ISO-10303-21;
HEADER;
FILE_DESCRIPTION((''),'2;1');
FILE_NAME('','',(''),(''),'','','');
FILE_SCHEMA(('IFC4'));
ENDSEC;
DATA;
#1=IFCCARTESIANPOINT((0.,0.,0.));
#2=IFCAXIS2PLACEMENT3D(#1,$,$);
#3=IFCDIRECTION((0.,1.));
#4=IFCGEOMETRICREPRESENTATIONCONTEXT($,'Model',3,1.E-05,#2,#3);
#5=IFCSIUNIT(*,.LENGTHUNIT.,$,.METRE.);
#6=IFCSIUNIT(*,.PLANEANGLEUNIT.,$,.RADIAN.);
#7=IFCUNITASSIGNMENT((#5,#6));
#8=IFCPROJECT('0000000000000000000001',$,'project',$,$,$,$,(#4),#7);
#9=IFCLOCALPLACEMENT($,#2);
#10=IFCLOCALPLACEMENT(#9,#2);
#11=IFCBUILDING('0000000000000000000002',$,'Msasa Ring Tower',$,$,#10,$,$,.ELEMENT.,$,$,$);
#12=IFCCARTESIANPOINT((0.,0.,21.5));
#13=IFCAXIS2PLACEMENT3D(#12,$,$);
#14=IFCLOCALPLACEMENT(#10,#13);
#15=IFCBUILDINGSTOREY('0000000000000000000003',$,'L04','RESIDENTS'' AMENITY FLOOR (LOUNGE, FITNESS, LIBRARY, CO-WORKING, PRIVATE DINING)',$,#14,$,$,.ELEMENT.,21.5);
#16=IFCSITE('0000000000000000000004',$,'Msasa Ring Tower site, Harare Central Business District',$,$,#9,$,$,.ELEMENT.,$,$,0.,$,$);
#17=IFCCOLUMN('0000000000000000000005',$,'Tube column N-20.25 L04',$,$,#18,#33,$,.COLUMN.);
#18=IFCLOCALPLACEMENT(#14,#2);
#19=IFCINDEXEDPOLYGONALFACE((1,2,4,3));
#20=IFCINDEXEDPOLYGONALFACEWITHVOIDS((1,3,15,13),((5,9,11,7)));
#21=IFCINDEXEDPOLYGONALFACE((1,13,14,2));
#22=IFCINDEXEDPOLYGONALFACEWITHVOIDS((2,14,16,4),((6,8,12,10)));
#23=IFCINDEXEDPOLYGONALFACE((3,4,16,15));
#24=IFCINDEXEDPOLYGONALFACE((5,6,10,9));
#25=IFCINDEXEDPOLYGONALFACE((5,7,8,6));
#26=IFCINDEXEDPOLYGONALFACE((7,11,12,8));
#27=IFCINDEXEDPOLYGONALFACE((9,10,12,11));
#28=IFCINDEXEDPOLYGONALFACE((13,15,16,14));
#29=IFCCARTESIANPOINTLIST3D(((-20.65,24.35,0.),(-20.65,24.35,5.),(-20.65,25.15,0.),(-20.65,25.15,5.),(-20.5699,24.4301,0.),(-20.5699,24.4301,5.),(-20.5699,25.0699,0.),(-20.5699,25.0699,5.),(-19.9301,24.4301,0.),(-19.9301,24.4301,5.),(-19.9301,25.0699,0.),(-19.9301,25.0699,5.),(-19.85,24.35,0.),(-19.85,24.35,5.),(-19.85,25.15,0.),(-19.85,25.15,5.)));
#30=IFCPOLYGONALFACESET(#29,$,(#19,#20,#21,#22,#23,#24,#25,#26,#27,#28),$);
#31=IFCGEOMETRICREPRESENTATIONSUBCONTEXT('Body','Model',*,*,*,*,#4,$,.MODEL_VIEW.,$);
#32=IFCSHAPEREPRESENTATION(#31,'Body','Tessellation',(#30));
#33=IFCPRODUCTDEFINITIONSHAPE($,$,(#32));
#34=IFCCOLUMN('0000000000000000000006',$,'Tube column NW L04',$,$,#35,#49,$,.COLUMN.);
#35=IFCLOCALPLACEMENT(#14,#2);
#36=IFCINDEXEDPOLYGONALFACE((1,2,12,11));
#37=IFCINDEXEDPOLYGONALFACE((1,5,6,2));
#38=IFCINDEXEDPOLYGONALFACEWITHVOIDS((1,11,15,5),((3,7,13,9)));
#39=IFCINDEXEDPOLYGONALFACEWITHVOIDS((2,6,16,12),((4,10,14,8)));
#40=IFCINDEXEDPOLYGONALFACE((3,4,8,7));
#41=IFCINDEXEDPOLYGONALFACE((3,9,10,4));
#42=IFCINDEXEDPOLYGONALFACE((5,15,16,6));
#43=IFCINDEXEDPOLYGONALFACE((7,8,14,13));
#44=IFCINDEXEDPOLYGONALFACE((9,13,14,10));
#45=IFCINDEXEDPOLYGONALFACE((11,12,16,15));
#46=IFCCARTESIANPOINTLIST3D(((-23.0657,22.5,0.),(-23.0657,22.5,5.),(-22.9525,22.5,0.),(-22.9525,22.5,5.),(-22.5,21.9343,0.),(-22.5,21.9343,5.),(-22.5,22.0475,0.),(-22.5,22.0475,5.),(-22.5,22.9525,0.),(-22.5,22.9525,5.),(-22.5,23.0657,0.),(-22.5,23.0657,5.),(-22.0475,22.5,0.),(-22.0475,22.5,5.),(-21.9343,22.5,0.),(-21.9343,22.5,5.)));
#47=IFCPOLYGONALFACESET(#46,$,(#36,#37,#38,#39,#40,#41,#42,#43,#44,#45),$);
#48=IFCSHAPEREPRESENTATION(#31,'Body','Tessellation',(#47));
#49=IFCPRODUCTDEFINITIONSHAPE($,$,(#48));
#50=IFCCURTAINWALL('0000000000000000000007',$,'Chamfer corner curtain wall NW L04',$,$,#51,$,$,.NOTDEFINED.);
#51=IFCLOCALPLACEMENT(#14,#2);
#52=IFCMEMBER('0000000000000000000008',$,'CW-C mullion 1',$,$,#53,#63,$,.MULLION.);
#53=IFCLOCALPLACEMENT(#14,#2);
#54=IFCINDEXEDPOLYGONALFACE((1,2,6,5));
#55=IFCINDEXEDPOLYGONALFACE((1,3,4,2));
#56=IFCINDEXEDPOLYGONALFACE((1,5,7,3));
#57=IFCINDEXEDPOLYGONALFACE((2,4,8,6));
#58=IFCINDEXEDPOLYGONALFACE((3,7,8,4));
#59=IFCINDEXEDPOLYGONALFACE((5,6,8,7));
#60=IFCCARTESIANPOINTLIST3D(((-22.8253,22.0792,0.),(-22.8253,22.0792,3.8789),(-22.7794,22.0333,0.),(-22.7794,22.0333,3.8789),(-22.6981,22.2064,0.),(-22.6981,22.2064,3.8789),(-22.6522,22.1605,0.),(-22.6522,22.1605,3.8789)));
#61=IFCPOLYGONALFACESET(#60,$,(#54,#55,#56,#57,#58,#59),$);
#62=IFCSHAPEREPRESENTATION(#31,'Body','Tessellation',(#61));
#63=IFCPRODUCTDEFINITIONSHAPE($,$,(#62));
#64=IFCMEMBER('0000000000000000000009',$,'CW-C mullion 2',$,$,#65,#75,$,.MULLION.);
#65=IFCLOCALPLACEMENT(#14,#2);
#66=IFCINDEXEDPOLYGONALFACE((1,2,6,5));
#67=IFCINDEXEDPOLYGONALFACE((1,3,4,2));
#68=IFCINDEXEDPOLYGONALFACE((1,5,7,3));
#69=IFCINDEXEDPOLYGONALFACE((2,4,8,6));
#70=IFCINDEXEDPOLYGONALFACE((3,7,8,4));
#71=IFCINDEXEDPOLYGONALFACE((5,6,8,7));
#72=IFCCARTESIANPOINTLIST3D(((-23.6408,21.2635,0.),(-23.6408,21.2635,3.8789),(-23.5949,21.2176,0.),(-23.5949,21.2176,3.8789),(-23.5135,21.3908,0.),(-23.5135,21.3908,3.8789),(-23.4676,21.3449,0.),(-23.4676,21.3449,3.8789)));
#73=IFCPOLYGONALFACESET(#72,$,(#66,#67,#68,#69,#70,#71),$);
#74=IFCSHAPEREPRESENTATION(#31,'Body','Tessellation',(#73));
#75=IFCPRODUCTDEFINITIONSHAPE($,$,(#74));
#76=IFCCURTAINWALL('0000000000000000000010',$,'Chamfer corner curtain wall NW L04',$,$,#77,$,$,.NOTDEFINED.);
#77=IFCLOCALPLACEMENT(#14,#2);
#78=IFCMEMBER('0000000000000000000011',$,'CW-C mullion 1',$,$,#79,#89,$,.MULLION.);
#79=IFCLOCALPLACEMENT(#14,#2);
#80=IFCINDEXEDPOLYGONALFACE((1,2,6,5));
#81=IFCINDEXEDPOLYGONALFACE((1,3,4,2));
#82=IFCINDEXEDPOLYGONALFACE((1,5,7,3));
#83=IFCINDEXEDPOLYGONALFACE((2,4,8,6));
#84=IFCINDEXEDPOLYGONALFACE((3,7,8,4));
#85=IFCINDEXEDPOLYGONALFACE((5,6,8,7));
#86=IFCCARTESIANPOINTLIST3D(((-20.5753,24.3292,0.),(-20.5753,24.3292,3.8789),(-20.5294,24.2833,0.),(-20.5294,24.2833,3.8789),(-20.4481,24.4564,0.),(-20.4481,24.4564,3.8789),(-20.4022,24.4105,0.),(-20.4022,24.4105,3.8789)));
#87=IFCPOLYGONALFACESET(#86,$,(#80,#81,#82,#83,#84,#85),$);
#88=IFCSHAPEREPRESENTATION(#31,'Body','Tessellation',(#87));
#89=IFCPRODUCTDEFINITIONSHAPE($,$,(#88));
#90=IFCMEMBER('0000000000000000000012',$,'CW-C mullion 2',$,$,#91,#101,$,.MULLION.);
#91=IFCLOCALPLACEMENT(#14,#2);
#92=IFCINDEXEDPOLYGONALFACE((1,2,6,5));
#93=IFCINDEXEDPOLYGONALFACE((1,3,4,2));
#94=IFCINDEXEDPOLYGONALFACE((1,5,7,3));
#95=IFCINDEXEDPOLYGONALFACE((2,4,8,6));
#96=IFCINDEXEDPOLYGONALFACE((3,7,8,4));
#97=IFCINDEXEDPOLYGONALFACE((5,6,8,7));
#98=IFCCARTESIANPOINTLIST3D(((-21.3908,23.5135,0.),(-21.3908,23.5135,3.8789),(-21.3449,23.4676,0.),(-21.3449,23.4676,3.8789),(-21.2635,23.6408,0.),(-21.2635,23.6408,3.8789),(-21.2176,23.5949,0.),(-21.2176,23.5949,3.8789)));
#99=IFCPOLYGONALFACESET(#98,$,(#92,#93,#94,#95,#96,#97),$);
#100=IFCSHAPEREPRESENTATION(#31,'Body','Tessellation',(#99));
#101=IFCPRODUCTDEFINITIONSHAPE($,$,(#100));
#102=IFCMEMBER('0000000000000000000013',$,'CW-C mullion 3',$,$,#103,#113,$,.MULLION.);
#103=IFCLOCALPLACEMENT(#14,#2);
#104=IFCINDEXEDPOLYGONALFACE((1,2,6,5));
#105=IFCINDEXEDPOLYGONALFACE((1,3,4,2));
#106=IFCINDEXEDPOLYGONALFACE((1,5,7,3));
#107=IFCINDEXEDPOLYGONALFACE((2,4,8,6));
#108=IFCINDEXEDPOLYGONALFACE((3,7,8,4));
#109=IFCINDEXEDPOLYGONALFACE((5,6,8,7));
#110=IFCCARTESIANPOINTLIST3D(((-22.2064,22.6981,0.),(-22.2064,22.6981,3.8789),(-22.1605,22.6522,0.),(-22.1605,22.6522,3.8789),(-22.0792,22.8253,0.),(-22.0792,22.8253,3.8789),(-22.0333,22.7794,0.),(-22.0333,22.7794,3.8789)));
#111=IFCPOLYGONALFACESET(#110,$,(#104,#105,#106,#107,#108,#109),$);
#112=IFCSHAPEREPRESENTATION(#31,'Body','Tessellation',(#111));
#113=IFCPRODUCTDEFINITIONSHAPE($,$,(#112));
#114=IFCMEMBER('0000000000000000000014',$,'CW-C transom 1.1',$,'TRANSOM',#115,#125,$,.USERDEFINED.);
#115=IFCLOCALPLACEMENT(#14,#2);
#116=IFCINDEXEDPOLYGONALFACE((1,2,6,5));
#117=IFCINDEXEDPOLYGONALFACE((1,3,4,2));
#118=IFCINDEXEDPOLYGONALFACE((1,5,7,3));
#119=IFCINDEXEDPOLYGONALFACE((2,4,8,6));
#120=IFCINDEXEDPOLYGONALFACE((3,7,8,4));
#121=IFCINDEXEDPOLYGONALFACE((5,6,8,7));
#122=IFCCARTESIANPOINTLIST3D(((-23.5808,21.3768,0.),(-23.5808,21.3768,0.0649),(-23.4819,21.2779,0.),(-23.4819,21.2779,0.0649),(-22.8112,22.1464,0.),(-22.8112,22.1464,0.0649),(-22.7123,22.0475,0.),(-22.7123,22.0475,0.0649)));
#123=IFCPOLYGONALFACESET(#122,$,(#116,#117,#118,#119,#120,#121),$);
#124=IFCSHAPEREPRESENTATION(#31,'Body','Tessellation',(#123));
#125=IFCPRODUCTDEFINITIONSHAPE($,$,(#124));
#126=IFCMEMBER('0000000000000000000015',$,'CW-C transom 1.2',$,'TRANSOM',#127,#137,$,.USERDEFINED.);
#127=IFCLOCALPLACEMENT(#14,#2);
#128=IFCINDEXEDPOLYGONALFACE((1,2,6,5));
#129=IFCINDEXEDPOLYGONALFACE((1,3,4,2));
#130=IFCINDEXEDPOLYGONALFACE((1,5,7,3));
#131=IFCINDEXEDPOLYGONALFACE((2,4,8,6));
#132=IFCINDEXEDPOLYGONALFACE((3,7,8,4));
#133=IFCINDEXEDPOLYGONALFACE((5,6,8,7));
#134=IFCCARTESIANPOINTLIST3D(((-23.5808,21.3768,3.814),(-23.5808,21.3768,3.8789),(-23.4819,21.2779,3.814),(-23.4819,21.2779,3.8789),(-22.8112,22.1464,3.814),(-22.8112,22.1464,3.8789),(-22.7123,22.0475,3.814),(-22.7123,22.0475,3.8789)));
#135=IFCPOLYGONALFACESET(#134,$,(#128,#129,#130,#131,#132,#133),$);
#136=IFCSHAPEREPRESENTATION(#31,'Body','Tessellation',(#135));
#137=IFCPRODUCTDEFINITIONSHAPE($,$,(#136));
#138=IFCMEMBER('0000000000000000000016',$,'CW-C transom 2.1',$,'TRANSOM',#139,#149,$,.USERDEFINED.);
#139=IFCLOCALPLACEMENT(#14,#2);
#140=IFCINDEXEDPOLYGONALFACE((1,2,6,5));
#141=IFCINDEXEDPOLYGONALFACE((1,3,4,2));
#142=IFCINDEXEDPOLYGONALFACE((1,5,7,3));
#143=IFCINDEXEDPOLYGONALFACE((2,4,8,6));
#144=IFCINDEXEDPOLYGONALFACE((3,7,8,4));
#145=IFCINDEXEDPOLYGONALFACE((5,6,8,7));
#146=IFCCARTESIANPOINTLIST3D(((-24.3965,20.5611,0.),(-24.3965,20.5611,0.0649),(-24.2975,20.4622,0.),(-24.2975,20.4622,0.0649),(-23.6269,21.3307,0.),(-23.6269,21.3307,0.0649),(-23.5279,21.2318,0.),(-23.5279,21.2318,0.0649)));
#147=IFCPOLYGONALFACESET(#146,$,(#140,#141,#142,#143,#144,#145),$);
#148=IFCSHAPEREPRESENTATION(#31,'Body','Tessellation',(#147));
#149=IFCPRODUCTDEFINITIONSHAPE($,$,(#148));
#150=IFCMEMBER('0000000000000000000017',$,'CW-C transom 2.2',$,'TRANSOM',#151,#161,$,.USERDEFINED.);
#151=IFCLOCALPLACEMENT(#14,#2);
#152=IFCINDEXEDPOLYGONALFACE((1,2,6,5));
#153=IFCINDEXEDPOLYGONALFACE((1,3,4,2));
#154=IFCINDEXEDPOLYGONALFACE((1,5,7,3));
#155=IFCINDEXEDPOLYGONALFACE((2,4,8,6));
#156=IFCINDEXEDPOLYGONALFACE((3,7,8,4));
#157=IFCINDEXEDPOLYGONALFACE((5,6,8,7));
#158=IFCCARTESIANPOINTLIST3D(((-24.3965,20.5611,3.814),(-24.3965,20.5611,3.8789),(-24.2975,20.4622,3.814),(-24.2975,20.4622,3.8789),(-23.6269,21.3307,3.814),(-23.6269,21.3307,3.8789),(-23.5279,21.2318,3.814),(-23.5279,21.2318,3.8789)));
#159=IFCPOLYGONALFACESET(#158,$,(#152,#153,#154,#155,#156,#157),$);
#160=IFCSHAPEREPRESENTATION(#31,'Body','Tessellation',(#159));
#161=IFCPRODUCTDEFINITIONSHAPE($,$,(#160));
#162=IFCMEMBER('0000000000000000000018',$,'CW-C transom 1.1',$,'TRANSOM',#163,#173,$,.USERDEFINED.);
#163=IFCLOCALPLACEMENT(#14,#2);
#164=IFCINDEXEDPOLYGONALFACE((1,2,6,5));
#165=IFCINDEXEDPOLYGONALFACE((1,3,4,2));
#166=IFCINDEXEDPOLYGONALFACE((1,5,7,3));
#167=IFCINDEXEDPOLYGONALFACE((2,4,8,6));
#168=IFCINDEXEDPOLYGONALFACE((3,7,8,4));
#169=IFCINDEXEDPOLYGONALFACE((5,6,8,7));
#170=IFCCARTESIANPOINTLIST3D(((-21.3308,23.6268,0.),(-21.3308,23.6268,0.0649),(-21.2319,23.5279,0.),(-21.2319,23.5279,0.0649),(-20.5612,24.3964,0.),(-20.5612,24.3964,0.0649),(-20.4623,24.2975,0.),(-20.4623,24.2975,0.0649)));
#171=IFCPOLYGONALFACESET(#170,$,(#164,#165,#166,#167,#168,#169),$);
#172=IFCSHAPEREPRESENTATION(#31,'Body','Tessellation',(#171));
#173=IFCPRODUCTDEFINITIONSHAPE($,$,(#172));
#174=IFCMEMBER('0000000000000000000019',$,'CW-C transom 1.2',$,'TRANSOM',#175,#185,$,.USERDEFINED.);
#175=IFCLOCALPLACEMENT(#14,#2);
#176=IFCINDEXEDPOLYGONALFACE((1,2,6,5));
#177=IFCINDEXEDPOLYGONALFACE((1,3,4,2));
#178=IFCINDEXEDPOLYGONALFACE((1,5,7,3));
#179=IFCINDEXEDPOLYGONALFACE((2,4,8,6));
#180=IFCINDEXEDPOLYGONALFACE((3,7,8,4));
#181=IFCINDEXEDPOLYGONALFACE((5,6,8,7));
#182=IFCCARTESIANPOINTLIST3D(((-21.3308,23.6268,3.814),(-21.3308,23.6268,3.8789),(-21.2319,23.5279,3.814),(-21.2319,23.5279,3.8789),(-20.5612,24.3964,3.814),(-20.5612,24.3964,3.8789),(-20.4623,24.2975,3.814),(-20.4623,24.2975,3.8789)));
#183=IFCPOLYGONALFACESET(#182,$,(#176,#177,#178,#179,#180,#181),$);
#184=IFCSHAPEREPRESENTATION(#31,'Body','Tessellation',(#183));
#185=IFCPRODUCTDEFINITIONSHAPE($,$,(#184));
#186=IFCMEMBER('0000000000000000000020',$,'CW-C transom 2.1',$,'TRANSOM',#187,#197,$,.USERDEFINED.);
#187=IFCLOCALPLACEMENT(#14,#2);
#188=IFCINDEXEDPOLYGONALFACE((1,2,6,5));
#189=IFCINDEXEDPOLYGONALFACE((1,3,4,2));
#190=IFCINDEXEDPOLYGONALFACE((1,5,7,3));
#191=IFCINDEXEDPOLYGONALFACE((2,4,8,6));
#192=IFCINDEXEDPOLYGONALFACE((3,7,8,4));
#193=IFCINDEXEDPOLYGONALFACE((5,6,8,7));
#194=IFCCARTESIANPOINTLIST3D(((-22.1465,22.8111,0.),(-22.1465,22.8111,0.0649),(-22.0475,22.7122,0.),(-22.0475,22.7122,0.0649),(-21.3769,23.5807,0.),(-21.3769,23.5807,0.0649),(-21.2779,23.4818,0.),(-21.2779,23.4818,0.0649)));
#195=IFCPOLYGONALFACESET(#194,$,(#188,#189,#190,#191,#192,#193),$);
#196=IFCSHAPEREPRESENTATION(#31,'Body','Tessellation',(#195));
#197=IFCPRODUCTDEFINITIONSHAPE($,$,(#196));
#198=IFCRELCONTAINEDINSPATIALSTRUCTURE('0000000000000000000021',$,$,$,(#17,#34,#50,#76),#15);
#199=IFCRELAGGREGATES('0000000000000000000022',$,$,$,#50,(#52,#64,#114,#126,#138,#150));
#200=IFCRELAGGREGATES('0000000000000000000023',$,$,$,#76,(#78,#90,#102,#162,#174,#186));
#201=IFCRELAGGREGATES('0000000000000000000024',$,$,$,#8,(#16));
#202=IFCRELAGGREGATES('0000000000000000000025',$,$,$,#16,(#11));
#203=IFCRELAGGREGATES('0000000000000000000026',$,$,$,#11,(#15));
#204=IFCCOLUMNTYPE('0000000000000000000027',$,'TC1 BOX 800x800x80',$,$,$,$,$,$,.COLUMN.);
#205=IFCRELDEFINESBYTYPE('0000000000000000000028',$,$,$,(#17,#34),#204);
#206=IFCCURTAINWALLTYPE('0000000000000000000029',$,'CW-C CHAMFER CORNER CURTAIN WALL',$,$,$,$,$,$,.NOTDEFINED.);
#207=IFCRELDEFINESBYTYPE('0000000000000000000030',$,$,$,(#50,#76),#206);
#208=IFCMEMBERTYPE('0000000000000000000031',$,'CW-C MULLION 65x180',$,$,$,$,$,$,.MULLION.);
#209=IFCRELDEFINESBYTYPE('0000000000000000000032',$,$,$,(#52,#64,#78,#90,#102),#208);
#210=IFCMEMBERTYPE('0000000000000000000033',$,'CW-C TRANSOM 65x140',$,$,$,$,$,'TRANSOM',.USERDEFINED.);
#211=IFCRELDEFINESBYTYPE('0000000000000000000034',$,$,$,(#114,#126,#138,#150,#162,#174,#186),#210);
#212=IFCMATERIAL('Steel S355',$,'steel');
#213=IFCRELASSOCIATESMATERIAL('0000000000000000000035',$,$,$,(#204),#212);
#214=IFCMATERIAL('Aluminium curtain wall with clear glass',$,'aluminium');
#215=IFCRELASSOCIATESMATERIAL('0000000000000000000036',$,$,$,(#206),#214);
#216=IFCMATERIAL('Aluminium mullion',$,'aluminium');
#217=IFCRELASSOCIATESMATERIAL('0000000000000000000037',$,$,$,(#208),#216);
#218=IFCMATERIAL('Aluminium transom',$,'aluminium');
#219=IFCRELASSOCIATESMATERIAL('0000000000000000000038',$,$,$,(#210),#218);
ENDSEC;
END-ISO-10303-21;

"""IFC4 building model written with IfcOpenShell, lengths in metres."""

from ifc_helpers import new_model, si_unit, direction, frame, origin, origin_2d, place, context, subcontext, project, spatial, rectangle, hollow_rectangle, extrude, material, material_profile, profile_set, type_object, element, aggregate, save


model = new_model("IFC4")

# Units and contexts
model_context = context("Model", 3, precision=1e-05, world=origin(), true_north=direction((0.0, 1.0)))
body_context = subcontext(model_context, "Body", "Model", "MODEL_VIEW")
ifc_project = project(units=[si_unit("LENGTHUNIT", "METRE"), si_unit("PLANEANGLEUNIT", "RADIAN")], contexts=[model_context])

# Site, building, storey
site_placement = place(None, origin())
site = spatial("IfcSite", under=ifc_project, at=site_placement, Name="Msasa Ring Tower site, Harare Central Business District", CompositionType="ELEMENT", RefElevation=0.0)
building_placement = place(site_placement, origin())
building = spatial("IfcBuilding", under=site, at=building_placement, Name="Msasa Ring Tower", CompositionType="ELEMENT")
storey_placement = place(building_placement, frame((0.0, 0.0, 21.5)))
storey = spatial("IfcBuildingStorey", under=building, at=storey_placement, Name="L04", Description="RESIDENTS' AMENITY FLOOR (LOUNGE, FITNESS, LIBRARY, CO-WORKING, PRIVATE DINING)", CompositionType="ELEMENT", Elevation=21.5)

# Columns
ifc_material_1 = material(Name="Steel S355", Category="steel")
ifc_material_profile_1 = material_profile(ifc_material_1, hollow_rectangle(XDim=0.8, YDim=0.8, WallThickness=0.0801, at=origin_2d()), Name="BOX 800x800x80")
ifc_profile_set_1 = profile_set([ifc_material_profile_1], Name="Steel S355")
column_type = type_object("IfcColumnType", Name="TC1 BOX 800x800x80", PredefinedType="COLUMN", material=ifc_profile_set_1)
for number, where, z_axis, x_axis, name in (
    (1, (-20.25, 24.75, 0.0), (0.0, 0.0, 1.0), (0.0, 1.0, 0.0), "Tube column N-20.25 L04"),
    (2, (-22.5, 22.5, 0.0), (0.0, 0.0, 1.0), (0.707107, -0.707107, 0.0), "Tube column NW L04"),
):
    element("IfcColumn", number, at=place(storey_placement, frame(where, z_axis=z_axis, x_axis=x_axis)), inside=storey, type_object=column_type, Name=name, PredefinedType="COLUMN", context=body_context, shape_type="SweptSolid", body=[
        extrude(hollow_rectangle(XDim=0.8, YDim=0.8, WallThickness=0.0801, at=origin_2d()), origin(), (0.0, 0.0, 1.0), 5.0),
    ])

# Curtain walls, members
ifc_material_2 = material(Name="Aluminium curtain wall with clear glass", Category="aluminium")
curtain_wall_type = type_object("IfcCurtainWallType", Name="CW-C CHAMFER CORNER CURTAIN WALL", PredefinedType="NOTDEFINED", material=ifc_material_2)
curtain_wall_1_placement = place(storey_placement, origin())
curtain_wall_1 = element("IfcCurtainWall", 3, at=curtain_wall_1_placement, inside=storey, type_object=curtain_wall_type, Name="Chamfer corner curtain wall NW L04", PredefinedType="NOTDEFINED")
ifc_material_3 = material(Name="Aluminium mullion", Category="aluminium")
ifc_material_profile_2 = material_profile(ifc_material_3, rectangle(XDim=0.0649, YDim=0.1799, at=origin_2d()), Name="AL 65x180")
ifc_profile_set_2 = profile_set([ifc_material_profile_2], Name="Aluminium mullion")
member_type_1 = type_object("IfcMemberType", Name="CW-C MULLION 65x180", PredefinedType="MULLION", material=ifc_profile_set_2)
member_1_placement = place(storey_placement, frame((-22.7388, 22.1199, 0.0), z_axis=(0.0, 0.0, 1.0), x_axis=(0.707107, -0.707107, 0.0)))
member_1 = element("IfcMember", 4, at=member_1_placement, type_object=member_type_1, Name="CW-C mullion 1", PredefinedType="MULLION", context=body_context, shape_type="SweptSolid", body=[
    extrude(rectangle(XDim=0.0649, YDim=0.1799, at=origin_2d()), origin(), (0.0, 0.0, 1.0), 3.8789),
])
member_2_placement = place(storey_placement, frame((-23.5542, 21.3042, 0.0), z_axis=(0.0, 0.0, 1.0), x_axis=(0.707107, -0.707107, 0.0)))
member_2 = element("IfcMember", 5, at=member_2_placement, type_object=member_type_1, Name="CW-C mullion 2", PredefinedType="MULLION", context=body_context, shape_type="SweptSolid", body=[
    extrude(rectangle(XDim=0.0649, YDim=0.1799, at=origin_2d()), origin(), (0.0, 0.0, 1.0), 3.8789),
])
curtain_wall_2_placement = place(storey_placement, origin())
curtain_wall_2 = element("IfcCurtainWall", 6, at=curtain_wall_2_placement, inside=storey, type_object=curtain_wall_type, Name="Chamfer corner curtain wall NW L04", PredefinedType="NOTDEFINED")
member_3_placement = place(storey_placement, frame((-20.4888, 24.3699, 0.0), z_axis=(0.0, 0.0, 1.0), x_axis=(0.707107, -0.707107, 0.0)))
member_3 = element("IfcMember", 7, at=member_3_placement, type_object=member_type_1, Name="CW-C mullion 1", PredefinedType="MULLION", context=body_context, shape_type="SweptSolid", body=[
    extrude(rectangle(XDim=0.0649, YDim=0.1799, at=origin_2d()), origin(), (0.0, 0.0, 1.0), 3.8789),
])
member_4_placement = place(storey_placement, frame((-21.3042, 23.5542, 0.0), z_axis=(0.0, 0.0, 1.0), x_axis=(0.707107, -0.707107, 0.0)))
member_4 = element("IfcMember", 8, at=member_4_placement, type_object=member_type_1, Name="CW-C mullion 2", PredefinedType="MULLION", context=body_context, shape_type="SweptSolid", body=[
    extrude(rectangle(XDim=0.0649, YDim=0.1799, at=origin_2d()), origin(), (0.0, 0.0, 1.0), 3.8789),
])
member_5_placement = place(storey_placement, frame((-22.1199, 22.7388, 0.0), z_axis=(0.0, 0.0, 1.0), x_axis=(0.707107, -0.707107, 0.0)))
member_5 = element("IfcMember", 9, at=member_5_placement, type_object=member_type_1, Name="CW-C mullion 3", PredefinedType="MULLION", context=body_context, shape_type="SweptSolid", body=[
    extrude(rectangle(XDim=0.0649, YDim=0.1799, at=origin_2d()), origin(), (0.0, 0.0, 1.0), 3.8789),
])

# Members
ifc_material_4 = material(Name="Aluminium transom", Category="aluminium")
ifc_material_profile_3 = material_profile(ifc_material_4, rectangle(XDim=0.1399, YDim=0.0649, at=origin_2d()), Name="AL 65x140")
ifc_profile_set_3 = profile_set([ifc_material_profile_3], Name="Aluminium transom")
member_type_2 = type_object("IfcMemberType", Name="CW-C TRANSOM 65x140", ElementType="TRANSOM", PredefinedType="USERDEFINED", material=ifc_profile_set_3)
member_6_placement = place(storey_placement, frame((-22.7617, 22.0969, 0.0325), z_axis=(-0.707107, -0.707107, 0.0), x_axis=(0.707107, -0.707107, 0.0)))
member_6 = element("IfcMember", 10, at=member_6_placement, type_object=member_type_2, Name="CW-C transom 1.1", ObjectType="TRANSOM", PredefinedType="USERDEFINED", context=body_context, shape_type="SweptSolid", body=[
    extrude(rectangle(XDim=0.1399, YDim=0.0649, at=origin_2d()), origin(), (0.0, 0.0, 1.0), 1.0884),
])
member_7_placement = place(storey_placement, frame((-22.7617, 22.0969, 3.8464), z_axis=(-0.707107, -0.707107, 0.0), x_axis=(0.707107, -0.707107, 0.0)))
member_7 = element("IfcMember", 11, at=member_7_placement, type_object=member_type_2, Name="CW-C transom 1.2", ObjectType="TRANSOM", PredefinedType="USERDEFINED", context=body_context, shape_type="SweptSolid", body=[
    extrude(rectangle(XDim=0.1399, YDim=0.0649, at=origin_2d()), origin(), (0.0, 0.0, 1.0), 1.0884),
])
member_8_placement = place(storey_placement, frame((-23.5774, 21.2812, 0.0325), z_axis=(-0.707107, -0.707107, 0.0), x_axis=(0.707107, -0.707107, 0.0)))
member_8 = element("IfcMember", 12, at=member_8_placement, type_object=member_type_2, Name="CW-C transom 2.1", ObjectType="TRANSOM", PredefinedType="USERDEFINED", context=body_context, shape_type="SweptSolid", body=[
    extrude(rectangle(XDim=0.1399, YDim=0.0649, at=origin_2d()), origin(), (0.0, 0.0, 1.0), 1.0884),
])
member_9_placement = place(storey_placement, frame((-23.5774, 21.2812, 3.8464), z_axis=(-0.707107, -0.707107, 0.0), x_axis=(0.707107, -0.707107, 0.0)))
member_9 = element("IfcMember", 13, at=member_9_placement, type_object=member_type_2, Name="CW-C transom 2.2", ObjectType="TRANSOM", PredefinedType="USERDEFINED", context=body_context, shape_type="SweptSolid", body=[
    extrude(rectangle(XDim=0.1399, YDim=0.0649, at=origin_2d()), origin(), (0.0, 0.0, 1.0), 1.0884),
])
member_10_placement = place(storey_placement, frame((-20.5117, 24.3469, 0.0325), z_axis=(-0.707107, -0.707107, 0.0), x_axis=(0.707107, -0.707107, 0.0)))
member_10 = element("IfcMember", 14, at=member_10_placement, type_object=member_type_2, Name="CW-C transom 1.1", ObjectType="TRANSOM", PredefinedType="USERDEFINED", context=body_context, shape_type="SweptSolid", body=[
    extrude(rectangle(XDim=0.1399, YDim=0.0649, at=origin_2d()), origin(), (0.0, 0.0, 1.0), 1.0884),
])
member_11_placement = place(storey_placement, frame((-20.5117, 24.3469, 3.8464), z_axis=(-0.707107, -0.707107, 0.0), x_axis=(0.707107, -0.707107, 0.0)))
member_11 = element("IfcMember", 15, at=member_11_placement, type_object=member_type_2, Name="CW-C transom 1.2", ObjectType="TRANSOM", PredefinedType="USERDEFINED", context=body_context, shape_type="SweptSolid", body=[
    extrude(rectangle(XDim=0.1399, YDim=0.0649, at=origin_2d()), origin(), (0.0, 0.0, 1.0), 1.0884),
])
member_12_placement = place(storey_placement, frame((-21.3274, 23.5312, 0.0325), z_axis=(-0.707107, -0.707107, 0.0), x_axis=(0.707107, -0.707107, 0.0)))
member_12 = element("IfcMember", 16, at=member_12_placement, type_object=member_type_2, Name="CW-C transom 2.1", ObjectType="TRANSOM", PredefinedType="USERDEFINED", context=body_context, shape_type="SweptSolid", body=[
    extrude(rectangle(XDim=0.1399, YDim=0.0649, at=origin_2d()), origin(), (0.0, 0.0, 1.0), 1.0884),
])

aggregate(curtain_wall_1, [member_1, member_2, member_6, member_7, member_8, member_9])
aggregate(curtain_wall_2, [member_3, member_4, member_5, member_10, member_11, member_12])

save(model, "model.ifc")
